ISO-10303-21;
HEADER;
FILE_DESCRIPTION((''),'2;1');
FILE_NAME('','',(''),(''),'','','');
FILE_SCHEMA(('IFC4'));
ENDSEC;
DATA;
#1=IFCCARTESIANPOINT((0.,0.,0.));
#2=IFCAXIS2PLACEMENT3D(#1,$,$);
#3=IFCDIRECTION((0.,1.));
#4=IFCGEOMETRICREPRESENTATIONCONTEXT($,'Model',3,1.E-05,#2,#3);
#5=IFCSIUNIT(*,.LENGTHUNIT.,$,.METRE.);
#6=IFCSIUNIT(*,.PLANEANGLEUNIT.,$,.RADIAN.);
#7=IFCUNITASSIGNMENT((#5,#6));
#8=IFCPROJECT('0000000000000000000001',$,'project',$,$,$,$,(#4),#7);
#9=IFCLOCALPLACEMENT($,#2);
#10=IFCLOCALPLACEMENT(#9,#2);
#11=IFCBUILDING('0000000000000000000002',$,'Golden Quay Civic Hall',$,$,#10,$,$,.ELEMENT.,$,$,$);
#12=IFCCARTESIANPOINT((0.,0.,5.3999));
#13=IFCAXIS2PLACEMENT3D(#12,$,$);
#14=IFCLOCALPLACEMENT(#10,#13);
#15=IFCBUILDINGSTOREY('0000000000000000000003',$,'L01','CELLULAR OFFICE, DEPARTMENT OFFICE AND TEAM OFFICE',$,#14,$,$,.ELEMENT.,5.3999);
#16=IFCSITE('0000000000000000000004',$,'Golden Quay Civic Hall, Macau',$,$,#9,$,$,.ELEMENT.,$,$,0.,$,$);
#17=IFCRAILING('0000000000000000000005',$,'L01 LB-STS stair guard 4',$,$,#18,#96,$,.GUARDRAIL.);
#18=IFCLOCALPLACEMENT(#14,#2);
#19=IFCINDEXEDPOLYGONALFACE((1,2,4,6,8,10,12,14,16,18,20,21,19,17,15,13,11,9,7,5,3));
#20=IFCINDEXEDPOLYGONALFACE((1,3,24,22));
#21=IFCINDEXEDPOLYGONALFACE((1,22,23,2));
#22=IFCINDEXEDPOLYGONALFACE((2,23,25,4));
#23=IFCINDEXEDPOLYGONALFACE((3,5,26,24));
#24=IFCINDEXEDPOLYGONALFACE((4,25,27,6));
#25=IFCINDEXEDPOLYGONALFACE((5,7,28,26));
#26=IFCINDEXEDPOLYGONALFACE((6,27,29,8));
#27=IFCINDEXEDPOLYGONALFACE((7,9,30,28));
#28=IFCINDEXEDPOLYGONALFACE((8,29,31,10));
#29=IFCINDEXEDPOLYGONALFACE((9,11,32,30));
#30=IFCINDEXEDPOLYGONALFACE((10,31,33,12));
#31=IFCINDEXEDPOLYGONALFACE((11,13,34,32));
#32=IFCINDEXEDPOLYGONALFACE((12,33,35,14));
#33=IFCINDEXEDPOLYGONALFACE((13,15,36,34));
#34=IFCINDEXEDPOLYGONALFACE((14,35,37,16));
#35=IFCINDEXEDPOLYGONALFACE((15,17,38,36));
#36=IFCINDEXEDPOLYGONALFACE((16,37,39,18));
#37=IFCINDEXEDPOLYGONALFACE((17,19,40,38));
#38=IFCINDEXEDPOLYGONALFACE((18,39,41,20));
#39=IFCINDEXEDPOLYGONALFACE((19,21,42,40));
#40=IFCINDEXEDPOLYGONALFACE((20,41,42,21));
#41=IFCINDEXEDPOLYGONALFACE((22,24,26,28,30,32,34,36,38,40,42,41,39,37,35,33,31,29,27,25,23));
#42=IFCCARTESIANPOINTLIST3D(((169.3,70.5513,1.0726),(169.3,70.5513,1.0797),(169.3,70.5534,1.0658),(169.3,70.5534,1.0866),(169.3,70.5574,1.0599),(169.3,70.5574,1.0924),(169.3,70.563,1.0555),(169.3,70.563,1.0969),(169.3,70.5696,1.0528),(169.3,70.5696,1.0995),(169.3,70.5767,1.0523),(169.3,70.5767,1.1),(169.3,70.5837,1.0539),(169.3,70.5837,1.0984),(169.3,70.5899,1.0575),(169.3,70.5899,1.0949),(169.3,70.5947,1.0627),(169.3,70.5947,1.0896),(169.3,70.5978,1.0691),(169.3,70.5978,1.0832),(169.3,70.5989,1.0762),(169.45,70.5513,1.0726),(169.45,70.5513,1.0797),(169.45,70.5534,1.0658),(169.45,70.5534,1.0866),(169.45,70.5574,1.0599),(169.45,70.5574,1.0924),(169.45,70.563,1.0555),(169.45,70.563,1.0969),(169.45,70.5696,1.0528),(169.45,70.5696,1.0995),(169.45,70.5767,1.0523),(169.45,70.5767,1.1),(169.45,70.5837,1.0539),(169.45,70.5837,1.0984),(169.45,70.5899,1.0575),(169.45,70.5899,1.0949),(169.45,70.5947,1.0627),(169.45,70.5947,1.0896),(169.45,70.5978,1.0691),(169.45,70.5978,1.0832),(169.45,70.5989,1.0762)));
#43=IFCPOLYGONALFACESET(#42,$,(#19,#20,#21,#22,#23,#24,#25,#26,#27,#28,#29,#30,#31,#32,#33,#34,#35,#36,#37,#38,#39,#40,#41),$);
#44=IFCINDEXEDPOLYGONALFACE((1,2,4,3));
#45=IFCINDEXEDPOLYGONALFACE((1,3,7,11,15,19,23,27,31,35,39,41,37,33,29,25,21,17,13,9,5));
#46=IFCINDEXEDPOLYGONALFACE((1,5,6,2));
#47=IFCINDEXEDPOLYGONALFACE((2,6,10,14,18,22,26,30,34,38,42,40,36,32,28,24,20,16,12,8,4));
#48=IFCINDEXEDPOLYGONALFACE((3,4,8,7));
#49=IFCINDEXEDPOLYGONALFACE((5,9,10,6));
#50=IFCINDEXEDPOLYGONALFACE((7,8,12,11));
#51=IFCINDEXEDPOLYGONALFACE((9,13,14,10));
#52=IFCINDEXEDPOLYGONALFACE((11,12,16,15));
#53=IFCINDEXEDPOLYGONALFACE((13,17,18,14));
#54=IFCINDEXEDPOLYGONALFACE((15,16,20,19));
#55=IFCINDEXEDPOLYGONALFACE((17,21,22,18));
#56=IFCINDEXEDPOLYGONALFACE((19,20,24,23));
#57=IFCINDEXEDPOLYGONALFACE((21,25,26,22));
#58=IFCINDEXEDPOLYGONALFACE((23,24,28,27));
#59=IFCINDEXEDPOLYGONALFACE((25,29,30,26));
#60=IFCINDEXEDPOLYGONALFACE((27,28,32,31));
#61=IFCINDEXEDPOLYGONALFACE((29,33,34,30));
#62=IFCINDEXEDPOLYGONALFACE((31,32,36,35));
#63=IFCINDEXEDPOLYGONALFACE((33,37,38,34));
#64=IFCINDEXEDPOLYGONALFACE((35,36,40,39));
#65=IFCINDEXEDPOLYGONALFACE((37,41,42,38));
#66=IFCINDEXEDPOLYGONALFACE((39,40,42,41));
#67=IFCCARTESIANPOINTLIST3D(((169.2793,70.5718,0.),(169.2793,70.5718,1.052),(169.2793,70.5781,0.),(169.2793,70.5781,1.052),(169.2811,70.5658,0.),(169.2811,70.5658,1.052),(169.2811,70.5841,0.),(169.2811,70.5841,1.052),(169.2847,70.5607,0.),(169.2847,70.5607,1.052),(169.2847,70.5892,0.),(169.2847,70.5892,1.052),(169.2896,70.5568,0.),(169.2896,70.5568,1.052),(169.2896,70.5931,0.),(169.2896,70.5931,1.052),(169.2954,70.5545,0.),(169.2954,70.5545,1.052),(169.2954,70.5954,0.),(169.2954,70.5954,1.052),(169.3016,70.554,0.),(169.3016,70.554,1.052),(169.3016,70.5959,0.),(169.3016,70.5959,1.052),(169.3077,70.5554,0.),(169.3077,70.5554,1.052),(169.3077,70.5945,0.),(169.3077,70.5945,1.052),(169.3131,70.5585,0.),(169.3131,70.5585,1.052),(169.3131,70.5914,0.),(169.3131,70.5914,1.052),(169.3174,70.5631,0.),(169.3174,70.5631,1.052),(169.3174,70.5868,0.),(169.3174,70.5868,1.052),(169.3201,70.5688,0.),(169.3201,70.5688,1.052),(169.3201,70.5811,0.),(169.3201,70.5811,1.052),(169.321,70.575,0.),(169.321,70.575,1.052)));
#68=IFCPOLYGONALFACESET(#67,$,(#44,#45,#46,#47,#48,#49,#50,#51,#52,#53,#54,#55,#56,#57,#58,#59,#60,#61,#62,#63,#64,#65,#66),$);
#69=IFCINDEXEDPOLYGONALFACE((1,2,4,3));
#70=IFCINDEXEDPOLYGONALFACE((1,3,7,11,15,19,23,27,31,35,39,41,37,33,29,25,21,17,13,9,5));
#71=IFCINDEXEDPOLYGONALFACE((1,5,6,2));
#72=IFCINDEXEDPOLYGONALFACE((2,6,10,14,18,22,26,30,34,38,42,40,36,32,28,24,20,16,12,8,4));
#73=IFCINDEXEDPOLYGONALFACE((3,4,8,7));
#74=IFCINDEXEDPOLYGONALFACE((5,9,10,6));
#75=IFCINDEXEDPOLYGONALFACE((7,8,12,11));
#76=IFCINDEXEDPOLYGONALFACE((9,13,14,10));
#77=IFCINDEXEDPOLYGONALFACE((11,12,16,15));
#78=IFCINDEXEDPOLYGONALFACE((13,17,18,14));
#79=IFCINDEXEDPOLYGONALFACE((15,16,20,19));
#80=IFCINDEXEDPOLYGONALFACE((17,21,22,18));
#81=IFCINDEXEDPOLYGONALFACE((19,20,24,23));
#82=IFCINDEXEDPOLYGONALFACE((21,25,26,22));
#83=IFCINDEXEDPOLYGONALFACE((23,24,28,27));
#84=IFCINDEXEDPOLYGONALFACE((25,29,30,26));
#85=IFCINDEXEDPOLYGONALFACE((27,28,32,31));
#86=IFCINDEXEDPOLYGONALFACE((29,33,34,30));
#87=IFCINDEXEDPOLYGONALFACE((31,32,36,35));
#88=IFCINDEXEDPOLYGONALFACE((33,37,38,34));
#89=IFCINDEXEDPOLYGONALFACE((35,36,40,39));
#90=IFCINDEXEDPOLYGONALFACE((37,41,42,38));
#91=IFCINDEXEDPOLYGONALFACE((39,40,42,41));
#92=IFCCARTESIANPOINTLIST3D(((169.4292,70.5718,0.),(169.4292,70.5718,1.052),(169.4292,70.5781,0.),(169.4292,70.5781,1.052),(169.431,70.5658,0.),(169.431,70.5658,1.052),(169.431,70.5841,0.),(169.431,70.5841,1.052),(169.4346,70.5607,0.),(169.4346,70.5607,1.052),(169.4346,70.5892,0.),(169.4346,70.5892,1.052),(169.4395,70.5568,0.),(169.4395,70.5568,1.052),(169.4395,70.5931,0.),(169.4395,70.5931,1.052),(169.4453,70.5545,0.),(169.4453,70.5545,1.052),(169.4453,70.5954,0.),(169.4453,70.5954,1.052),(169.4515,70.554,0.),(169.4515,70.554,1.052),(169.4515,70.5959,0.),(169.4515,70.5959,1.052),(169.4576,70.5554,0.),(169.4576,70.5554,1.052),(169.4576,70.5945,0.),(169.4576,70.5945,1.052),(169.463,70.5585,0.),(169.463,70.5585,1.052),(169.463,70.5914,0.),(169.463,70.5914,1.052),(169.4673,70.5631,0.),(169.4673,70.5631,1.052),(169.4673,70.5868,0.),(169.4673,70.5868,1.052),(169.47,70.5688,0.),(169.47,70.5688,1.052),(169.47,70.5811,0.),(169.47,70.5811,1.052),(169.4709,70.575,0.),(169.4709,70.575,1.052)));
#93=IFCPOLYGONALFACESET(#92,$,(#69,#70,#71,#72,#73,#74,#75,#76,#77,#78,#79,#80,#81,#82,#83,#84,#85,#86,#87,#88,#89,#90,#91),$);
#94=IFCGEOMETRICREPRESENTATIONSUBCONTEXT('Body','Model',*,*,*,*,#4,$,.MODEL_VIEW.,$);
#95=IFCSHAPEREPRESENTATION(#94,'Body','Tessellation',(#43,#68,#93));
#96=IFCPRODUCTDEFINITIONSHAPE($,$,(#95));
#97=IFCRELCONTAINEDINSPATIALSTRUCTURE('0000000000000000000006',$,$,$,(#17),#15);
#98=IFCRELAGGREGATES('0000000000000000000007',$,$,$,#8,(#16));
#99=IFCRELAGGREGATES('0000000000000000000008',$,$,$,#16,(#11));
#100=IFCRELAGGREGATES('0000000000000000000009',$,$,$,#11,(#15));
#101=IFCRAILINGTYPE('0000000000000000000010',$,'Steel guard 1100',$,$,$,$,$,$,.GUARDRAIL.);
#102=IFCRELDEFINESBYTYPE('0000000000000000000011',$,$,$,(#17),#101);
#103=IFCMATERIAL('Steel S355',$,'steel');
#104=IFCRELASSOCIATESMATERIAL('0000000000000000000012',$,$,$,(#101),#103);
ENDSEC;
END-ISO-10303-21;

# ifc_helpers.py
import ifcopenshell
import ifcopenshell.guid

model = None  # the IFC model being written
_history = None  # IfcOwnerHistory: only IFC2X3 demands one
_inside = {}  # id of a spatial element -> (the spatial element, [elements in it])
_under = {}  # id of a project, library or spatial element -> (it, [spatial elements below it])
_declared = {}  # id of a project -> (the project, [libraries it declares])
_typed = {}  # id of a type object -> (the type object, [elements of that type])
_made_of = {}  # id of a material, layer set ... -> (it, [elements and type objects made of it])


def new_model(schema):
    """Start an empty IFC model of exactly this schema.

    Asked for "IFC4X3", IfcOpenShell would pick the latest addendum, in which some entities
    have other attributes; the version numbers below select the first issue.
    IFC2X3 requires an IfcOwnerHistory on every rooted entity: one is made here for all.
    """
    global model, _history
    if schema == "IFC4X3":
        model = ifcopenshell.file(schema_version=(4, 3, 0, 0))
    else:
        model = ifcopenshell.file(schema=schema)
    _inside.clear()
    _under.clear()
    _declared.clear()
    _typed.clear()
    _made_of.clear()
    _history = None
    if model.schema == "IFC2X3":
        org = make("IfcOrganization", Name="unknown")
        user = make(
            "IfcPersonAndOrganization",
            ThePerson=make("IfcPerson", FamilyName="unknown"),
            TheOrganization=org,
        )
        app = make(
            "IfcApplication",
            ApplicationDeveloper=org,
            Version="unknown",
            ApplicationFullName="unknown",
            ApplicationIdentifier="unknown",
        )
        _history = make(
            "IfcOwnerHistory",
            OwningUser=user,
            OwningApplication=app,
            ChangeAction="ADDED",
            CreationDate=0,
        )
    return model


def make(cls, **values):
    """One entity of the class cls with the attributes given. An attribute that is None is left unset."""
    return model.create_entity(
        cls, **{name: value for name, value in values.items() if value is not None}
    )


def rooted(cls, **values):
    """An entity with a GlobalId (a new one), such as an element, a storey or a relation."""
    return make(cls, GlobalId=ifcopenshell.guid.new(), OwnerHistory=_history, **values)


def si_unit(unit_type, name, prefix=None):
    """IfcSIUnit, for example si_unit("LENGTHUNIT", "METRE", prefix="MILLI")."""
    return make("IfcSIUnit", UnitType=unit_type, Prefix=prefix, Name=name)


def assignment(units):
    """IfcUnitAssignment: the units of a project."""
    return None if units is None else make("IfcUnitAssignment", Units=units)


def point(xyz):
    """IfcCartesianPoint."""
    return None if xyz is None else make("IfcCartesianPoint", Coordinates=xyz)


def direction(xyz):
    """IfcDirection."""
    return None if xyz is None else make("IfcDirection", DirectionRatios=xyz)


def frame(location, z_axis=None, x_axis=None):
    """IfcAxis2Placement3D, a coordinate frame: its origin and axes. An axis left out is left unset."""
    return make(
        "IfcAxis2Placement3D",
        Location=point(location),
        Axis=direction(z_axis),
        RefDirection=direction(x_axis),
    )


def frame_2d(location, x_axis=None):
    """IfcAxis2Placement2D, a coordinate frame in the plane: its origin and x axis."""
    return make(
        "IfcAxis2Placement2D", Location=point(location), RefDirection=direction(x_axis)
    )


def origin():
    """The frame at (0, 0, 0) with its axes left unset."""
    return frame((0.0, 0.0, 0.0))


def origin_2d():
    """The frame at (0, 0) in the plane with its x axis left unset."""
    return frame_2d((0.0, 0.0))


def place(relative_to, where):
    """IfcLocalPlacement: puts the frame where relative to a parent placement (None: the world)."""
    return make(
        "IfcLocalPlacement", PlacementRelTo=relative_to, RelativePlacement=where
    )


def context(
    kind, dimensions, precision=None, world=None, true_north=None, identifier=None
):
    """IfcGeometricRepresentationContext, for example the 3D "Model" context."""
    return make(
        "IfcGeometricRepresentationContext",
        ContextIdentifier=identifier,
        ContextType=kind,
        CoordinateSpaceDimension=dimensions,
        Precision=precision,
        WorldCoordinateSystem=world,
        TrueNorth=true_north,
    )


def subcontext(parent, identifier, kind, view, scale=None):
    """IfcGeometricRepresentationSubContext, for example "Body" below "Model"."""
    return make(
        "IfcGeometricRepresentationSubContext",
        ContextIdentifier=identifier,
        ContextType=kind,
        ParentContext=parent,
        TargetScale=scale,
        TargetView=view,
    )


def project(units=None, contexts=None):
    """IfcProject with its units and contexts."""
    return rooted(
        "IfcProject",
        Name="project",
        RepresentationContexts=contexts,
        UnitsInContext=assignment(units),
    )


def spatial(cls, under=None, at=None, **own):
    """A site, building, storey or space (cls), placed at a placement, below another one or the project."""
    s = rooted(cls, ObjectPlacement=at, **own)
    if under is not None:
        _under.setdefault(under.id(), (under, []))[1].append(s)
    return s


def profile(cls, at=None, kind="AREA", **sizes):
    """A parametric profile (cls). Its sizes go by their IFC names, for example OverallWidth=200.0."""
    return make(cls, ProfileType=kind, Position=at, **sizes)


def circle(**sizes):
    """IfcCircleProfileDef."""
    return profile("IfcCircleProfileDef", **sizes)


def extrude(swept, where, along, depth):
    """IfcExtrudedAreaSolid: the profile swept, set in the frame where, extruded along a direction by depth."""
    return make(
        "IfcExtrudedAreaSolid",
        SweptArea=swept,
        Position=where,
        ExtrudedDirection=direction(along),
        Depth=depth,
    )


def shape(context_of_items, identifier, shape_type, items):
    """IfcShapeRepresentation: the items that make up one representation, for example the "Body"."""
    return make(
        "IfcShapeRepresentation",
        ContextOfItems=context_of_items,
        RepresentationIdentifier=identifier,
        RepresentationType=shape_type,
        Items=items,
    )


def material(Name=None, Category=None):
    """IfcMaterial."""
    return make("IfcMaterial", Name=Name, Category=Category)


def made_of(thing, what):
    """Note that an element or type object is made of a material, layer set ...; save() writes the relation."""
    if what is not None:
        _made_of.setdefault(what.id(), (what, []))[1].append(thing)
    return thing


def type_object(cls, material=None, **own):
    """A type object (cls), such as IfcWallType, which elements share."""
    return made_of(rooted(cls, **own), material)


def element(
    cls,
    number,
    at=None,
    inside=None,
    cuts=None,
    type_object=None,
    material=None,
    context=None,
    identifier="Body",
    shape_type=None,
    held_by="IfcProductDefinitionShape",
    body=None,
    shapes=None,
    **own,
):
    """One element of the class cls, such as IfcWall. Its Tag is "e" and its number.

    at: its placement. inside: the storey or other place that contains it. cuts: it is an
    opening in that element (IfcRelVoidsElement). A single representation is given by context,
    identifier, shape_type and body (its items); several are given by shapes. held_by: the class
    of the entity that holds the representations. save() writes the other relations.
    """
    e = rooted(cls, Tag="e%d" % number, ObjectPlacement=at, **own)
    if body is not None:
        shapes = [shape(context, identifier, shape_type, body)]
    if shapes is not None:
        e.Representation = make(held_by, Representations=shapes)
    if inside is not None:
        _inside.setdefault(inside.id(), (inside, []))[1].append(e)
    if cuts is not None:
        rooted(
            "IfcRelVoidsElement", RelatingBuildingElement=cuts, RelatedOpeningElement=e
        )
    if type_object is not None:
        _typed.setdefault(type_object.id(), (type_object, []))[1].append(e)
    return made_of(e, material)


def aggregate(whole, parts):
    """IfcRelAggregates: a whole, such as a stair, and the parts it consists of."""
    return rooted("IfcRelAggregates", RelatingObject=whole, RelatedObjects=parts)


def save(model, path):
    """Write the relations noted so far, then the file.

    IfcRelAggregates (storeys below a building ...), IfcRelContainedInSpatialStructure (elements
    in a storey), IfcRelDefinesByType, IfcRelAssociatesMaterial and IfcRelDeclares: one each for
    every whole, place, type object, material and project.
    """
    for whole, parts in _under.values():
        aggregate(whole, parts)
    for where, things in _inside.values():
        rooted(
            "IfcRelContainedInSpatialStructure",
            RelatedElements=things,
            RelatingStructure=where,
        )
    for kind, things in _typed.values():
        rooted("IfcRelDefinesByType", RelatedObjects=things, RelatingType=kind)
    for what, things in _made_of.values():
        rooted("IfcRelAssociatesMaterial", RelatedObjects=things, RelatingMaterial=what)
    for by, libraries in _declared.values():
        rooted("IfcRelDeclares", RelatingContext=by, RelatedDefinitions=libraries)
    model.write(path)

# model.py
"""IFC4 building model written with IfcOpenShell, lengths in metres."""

from ifc_helpers import new_model, si_unit, direction, frame, origin, origin_2d, place, context, subcontext, project, spatial, circle, extrude, material, type_object, element, save


model = new_model("IFC4")

# Units and contexts
model_context = context("Model", 3, precision=1e-05, world=origin(), true_north=direction((0.0, 1.0)))
body_context = subcontext(model_context, "Body", "Model", "MODEL_VIEW")
ifc_project = project(units=[si_unit("LENGTHUNIT", "METRE"), si_unit("PLANEANGLEUNIT", "RADIAN")], contexts=[model_context])

# Site, building, storey
site_placement = place(None, origin())
site = spatial("IfcSite", under=ifc_project, at=site_placement, Name="Golden Quay Civic Hall, Macau", CompositionType="ELEMENT", RefElevation=0.0)
building_placement = place(site_placement, origin())
building = spatial("IfcBuilding", under=site, at=building_placement, Name="Golden Quay Civic Hall", CompositionType="ELEMENT")
storey_placement = place(building_placement, frame((0.0, 0.0, 5.3999)))
storey = spatial("IfcBuildingStorey", under=building, at=storey_placement, Name="L01", Description="CELLULAR OFFICE, DEPARTMENT OFFICE AND TEAM OFFICE", CompositionType="ELEMENT", Elevation=5.3999)

# Railing
ifc_material_1 = material(Name="Steel S355", Category="steel")
railing_type_1 = type_object("IfcRailingType", Name="Steel guard 1100", PredefinedType="GUARDRAIL", material=ifc_material_1)
railing_1_placement = place(storey_placement, frame((169.3, 70.575, 0.0)))
element("IfcRailing", 1, at=railing_1_placement, inside=storey, type_object=railing_type_1, Name="L01 LB-STS stair guard 4", PredefinedType="GUARDRAIL", context=body_context, shape_type="SweptSolid", body=[
    extrude(circle(Radius=0.0239, at=origin_2d()), frame((0.0, 0.0, 1.0762), z_axis=(1.0, 0.0, 0.0), x_axis=(0.0, 1.0, 0.0)), (0.0, 0.0, 1.0), 0.1499),
    extrude(circle(Radius=0.021, at=origin_2d()), origin(), (0.0, 0.0, 1.0), 1.052),
    extrude(circle(Radius=0.021, at=origin_2d()), frame((0.1499, 0.0, 0.0)), (0.0, 0.0, 1.0), 1.052),
])

save(model, "model.ifc")
